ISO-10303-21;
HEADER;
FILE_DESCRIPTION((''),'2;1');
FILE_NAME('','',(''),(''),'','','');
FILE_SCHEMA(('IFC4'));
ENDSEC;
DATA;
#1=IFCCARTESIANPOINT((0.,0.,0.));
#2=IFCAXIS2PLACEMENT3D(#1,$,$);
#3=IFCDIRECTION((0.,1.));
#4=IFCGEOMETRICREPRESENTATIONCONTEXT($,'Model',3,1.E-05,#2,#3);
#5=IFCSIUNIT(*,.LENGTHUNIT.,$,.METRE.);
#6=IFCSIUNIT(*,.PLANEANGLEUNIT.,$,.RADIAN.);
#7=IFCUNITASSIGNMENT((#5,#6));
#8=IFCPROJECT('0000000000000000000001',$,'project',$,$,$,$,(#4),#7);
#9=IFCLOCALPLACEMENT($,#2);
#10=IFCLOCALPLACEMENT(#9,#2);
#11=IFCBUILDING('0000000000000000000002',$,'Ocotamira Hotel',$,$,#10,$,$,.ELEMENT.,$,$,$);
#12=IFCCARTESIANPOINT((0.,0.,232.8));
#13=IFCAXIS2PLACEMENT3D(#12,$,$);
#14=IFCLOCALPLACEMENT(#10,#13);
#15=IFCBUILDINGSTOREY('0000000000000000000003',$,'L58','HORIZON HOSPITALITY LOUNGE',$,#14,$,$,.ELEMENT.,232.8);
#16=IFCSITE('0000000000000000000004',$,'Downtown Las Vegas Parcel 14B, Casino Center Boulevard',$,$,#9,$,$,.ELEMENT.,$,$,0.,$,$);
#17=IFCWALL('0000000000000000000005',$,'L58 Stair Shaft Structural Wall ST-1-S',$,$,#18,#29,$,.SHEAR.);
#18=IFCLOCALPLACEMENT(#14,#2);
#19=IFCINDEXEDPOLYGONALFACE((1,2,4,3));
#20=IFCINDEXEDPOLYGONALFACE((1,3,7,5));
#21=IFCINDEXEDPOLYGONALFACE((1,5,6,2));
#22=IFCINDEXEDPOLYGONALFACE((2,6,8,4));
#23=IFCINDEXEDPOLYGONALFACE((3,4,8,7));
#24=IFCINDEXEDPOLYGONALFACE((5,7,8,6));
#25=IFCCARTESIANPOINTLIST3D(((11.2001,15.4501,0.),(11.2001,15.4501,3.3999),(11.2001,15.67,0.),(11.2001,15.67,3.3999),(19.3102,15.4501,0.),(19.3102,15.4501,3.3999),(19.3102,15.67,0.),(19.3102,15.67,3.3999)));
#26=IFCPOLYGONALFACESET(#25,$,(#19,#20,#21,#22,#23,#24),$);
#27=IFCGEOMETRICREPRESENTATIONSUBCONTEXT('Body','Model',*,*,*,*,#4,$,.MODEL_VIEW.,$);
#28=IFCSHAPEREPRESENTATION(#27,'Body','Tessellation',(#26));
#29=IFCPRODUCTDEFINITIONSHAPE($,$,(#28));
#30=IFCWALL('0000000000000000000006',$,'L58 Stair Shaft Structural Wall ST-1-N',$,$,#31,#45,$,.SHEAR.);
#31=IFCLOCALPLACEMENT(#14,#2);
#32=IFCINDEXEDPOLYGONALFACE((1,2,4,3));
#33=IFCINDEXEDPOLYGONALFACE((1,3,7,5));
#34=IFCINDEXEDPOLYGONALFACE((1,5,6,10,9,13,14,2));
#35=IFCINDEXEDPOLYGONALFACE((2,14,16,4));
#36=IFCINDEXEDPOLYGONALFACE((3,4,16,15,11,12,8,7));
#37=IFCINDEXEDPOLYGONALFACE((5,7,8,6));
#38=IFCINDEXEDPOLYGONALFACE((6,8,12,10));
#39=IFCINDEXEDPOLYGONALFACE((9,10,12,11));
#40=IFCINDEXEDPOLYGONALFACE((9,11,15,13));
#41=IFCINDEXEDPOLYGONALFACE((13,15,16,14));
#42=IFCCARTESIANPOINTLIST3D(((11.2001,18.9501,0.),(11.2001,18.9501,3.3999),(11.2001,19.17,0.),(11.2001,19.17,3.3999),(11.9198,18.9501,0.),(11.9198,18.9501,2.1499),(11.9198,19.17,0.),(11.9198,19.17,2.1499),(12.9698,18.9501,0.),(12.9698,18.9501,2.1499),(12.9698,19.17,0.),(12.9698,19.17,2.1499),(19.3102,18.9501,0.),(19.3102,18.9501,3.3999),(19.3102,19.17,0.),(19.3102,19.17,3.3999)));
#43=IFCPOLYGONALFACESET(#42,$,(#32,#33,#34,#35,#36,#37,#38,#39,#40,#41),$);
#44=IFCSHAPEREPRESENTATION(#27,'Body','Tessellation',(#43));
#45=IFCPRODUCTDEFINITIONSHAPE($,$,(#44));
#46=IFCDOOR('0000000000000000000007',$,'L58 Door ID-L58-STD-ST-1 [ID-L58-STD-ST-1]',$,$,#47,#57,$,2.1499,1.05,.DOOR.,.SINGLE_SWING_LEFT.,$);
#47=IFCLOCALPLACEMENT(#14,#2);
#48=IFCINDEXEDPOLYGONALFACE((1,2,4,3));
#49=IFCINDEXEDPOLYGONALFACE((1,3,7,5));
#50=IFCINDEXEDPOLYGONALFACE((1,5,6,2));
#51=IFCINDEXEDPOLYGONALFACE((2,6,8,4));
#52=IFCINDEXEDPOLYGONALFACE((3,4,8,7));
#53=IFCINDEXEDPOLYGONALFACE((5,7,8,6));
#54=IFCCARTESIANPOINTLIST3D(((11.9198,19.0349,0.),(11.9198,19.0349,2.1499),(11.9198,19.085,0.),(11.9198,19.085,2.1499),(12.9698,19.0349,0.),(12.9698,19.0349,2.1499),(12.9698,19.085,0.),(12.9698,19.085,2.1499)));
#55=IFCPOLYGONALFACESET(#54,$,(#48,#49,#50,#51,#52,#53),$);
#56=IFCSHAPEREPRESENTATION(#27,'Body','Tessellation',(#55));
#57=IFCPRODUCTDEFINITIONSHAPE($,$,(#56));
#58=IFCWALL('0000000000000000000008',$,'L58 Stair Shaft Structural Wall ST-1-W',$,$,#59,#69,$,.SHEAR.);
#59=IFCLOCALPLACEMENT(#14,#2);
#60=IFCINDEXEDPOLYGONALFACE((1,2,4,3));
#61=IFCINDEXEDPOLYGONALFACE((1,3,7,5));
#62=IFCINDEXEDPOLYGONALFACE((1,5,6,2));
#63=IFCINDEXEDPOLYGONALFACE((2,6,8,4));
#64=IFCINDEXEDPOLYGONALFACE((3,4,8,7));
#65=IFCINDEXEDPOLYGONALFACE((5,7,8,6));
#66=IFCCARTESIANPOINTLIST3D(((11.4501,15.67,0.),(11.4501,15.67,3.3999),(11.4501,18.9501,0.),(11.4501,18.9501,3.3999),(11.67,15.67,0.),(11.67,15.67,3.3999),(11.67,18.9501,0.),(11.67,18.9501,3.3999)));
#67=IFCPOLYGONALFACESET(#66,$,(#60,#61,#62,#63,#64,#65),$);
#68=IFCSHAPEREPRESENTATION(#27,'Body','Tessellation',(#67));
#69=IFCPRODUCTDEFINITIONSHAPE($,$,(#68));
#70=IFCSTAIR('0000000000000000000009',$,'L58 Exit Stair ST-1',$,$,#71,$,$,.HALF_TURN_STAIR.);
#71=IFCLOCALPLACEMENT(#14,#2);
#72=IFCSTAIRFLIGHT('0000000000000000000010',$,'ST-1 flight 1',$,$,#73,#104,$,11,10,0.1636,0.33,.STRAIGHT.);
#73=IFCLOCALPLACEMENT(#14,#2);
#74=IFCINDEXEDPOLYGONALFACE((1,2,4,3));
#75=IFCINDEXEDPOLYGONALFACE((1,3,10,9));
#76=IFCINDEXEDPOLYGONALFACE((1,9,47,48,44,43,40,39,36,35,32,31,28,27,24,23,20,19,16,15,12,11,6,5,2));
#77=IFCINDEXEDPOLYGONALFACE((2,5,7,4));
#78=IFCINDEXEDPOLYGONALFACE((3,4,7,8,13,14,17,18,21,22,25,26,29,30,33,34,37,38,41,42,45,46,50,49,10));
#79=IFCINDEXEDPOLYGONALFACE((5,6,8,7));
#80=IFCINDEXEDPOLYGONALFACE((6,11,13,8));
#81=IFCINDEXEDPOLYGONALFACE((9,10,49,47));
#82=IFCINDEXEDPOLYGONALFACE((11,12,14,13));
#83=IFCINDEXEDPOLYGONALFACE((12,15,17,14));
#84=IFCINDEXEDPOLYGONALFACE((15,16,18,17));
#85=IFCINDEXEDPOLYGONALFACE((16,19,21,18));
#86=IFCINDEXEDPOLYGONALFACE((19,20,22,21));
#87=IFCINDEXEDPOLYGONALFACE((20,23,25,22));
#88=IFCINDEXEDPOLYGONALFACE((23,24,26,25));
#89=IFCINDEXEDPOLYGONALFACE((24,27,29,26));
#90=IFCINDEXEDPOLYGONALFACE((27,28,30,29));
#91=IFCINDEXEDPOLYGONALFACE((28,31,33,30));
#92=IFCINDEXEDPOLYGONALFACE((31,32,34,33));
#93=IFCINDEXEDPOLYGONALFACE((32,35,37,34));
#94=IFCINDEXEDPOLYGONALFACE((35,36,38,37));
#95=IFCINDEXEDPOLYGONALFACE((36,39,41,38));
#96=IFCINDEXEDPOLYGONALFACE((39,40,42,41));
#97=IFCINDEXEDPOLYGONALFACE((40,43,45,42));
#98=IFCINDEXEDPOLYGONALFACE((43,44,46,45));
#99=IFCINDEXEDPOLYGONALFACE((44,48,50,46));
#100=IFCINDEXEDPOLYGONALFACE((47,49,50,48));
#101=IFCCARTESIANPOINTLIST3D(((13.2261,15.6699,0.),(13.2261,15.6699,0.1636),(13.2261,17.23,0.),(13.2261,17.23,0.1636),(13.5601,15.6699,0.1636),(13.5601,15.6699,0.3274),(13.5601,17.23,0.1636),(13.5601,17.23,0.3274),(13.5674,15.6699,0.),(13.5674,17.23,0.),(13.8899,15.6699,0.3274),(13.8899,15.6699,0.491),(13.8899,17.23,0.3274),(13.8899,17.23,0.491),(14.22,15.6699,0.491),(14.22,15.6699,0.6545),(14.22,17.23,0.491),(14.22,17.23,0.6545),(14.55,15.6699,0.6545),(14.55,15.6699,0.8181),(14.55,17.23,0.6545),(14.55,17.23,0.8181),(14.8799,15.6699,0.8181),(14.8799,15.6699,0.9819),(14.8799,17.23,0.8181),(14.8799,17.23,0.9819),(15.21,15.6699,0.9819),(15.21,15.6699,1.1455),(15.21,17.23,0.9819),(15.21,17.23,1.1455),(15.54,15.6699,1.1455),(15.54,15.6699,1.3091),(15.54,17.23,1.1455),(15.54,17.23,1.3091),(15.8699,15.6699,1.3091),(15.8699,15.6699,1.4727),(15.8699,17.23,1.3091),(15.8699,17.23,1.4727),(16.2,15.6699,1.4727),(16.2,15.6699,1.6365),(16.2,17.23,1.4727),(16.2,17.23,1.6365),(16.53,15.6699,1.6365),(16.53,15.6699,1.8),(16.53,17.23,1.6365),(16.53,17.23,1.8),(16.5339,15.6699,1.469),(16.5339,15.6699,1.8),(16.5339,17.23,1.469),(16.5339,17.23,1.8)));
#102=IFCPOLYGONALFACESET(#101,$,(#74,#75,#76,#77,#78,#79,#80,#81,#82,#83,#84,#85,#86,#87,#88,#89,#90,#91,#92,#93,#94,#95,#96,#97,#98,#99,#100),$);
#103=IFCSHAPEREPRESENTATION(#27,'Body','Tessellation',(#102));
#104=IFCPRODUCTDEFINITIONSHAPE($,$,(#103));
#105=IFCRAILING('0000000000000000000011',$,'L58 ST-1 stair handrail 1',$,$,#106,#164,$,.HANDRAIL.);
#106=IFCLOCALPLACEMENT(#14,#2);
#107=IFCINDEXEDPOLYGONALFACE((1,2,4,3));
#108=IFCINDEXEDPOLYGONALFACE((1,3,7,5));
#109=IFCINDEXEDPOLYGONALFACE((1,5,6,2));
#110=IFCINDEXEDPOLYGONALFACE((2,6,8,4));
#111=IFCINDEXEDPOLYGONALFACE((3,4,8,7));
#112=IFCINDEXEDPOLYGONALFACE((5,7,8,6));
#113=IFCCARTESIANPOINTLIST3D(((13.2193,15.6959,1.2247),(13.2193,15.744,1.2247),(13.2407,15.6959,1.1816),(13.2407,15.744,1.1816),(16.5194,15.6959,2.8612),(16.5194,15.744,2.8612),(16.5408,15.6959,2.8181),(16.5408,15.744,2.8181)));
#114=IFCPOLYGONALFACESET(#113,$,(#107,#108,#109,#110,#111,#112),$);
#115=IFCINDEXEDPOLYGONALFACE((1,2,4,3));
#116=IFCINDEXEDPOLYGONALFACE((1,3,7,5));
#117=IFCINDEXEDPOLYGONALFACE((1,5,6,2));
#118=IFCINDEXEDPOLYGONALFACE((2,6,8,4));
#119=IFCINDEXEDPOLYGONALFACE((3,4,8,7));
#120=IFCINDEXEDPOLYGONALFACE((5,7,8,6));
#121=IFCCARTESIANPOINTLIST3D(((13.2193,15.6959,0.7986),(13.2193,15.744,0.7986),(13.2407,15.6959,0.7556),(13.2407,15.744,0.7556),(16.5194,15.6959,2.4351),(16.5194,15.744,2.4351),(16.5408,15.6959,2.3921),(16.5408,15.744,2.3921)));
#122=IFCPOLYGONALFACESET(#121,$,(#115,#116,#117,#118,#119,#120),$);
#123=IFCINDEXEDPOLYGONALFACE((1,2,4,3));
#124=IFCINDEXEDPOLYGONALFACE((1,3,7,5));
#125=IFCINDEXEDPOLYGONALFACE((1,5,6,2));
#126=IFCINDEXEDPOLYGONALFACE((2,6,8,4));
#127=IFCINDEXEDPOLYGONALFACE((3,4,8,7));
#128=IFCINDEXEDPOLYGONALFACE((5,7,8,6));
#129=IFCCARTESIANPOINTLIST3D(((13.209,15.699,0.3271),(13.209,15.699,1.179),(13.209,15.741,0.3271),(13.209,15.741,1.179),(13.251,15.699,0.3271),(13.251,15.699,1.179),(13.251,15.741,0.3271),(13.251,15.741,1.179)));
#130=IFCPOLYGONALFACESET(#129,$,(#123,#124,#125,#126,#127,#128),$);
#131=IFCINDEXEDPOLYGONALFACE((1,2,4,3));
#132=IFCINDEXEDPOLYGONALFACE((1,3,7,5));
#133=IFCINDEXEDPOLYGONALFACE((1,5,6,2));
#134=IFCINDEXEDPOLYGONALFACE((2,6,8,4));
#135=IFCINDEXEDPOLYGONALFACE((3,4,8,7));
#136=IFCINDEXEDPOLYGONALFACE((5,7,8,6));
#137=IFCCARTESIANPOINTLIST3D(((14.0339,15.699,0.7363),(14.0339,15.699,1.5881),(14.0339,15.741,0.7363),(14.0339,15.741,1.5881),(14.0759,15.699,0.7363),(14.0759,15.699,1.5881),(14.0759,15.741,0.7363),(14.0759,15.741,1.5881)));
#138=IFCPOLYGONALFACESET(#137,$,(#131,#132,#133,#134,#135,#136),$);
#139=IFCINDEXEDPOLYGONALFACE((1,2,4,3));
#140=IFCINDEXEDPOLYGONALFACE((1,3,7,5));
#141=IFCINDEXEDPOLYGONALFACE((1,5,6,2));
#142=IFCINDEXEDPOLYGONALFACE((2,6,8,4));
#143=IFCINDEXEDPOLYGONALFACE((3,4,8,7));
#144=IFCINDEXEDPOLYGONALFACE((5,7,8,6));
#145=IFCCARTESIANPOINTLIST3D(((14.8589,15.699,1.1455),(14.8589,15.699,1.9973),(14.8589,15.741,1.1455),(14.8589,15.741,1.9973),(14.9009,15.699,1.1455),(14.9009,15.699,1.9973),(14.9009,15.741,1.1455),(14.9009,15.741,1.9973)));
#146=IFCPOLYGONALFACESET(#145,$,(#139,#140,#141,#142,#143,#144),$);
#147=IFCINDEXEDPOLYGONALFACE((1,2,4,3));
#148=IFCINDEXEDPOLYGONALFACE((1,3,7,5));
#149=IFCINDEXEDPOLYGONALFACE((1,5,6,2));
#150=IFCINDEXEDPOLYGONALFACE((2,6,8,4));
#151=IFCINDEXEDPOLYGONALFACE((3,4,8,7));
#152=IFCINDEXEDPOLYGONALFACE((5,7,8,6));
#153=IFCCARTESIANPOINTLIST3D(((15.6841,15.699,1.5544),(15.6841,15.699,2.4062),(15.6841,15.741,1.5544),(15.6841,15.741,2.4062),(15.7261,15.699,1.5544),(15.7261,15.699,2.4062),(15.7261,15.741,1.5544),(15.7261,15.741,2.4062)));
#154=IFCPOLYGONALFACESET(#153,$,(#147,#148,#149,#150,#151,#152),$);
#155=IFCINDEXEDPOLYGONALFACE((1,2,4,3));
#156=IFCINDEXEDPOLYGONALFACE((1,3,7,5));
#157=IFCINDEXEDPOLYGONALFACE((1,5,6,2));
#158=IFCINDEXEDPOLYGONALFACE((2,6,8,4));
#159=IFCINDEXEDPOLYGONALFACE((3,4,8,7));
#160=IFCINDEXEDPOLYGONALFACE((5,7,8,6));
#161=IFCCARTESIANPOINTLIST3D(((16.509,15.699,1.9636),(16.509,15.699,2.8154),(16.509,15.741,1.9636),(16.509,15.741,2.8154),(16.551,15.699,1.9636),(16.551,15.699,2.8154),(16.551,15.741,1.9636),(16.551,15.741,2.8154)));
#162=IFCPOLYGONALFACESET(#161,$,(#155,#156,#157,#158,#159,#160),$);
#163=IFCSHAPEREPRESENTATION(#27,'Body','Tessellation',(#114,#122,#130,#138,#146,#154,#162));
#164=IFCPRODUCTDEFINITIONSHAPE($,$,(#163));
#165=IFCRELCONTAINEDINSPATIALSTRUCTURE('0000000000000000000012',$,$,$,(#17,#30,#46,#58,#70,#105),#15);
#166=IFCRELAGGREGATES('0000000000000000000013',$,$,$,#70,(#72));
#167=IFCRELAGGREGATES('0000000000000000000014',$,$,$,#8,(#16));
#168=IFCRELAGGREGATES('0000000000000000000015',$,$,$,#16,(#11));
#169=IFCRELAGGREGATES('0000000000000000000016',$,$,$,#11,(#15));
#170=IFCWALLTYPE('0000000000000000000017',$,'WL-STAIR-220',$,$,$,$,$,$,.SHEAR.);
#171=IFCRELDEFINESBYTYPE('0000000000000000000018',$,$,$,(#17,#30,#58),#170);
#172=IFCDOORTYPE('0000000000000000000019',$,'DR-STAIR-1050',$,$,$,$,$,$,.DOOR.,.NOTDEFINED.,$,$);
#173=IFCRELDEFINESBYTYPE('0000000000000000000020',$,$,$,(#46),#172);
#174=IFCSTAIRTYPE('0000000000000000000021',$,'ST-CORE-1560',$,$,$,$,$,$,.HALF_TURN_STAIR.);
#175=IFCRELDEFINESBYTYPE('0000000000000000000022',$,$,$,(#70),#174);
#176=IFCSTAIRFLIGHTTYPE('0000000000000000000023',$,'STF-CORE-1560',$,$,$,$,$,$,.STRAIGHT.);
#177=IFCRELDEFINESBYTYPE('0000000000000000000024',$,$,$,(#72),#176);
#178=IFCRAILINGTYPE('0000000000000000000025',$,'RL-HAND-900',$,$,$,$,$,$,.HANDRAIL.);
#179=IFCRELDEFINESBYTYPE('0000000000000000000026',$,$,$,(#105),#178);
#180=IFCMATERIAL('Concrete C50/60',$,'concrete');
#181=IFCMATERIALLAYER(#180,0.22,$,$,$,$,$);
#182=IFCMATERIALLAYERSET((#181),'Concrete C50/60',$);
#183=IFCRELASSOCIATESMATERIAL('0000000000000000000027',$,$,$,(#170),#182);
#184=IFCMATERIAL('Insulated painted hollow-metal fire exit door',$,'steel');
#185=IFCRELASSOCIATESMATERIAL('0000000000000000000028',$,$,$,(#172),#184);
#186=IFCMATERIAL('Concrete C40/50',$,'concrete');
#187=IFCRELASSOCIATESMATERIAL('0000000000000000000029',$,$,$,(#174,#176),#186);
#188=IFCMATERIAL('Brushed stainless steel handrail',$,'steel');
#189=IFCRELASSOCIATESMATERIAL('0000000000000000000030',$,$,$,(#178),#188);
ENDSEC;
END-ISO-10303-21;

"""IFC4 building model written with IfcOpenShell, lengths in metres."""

from ifc_helpers import new_model, si_unit, direction, frame, frame_2d, origin, origin_2d, place, context, subcontext, project, spatial, polyline, rectangle, outline, extrude, source, transform, mapped, material, layer, layer_set, type_object, element, fill, aggregate, save


model = new_model("IFC4")

# Units and contexts
model_context = context("Model", 3, precision=1e-05, world=origin(), true_north=direction((0.0, 1.0)))
body_context = subcontext(model_context, "Body", "Model", "MODEL_VIEW")
ifc_project = project(units=[si_unit("LENGTHUNIT", "METRE"), si_unit("PLANEANGLEUNIT", "RADIAN")], contexts=[model_context])

# Site, building, storey
site_placement = place(None, origin())
site = spatial("IfcSite", under=ifc_project, at=site_placement, Name="Downtown Las Vegas Parcel 14B, Casino Center Boulevard", CompositionType="ELEMENT", RefElevation=0.0)
building_placement = place(site_placement, origin())
building = spatial("IfcBuilding", under=site, at=building_placement, Name="Ocotamira Hotel", CompositionType="ELEMENT")
storey_placement = place(building_placement, frame((0.0, 0.0, 232.8)))
storey = spatial("IfcBuildingStorey", under=building, at=storey_placement, Name="L58", Description="HORIZON HOSPITALITY LOUNGE", CompositionType="ELEMENT", Elevation=232.8)

# Shared definitions
ifc_material_1 = material(Name="Concrete C50/60", Category="concrete")

# Wall
ifc_layer_1 = layer(ifc_material_1, 0.22)
ifc_layer_set_1 = layer_set([ifc_layer_1], Name="Concrete C50/60")
wall_type_1 = type_object("IfcWallType", Name="WL-STAIR-220", PredefinedType="SHEAR", material=ifc_layer_set_1)
wall_1_placement = place(storey_placement, frame((11.2, 15.5601, 0.0), z_axis=(0.0, 0.0, 1.0), x_axis=(1.0, 0.0, 0.0)))
element("IfcWall", 1, at=wall_1_placement, inside=storey, type_object=wall_type_1, Name="L58 Stair Shaft Structural Wall ST-1-S", PredefinedType="SHEAR", context=body_context, shape_type="SweptSolid", body=[
    extrude(rectangle(XDim=8.1101, YDim=0.22, at=frame_2d((4.0552, 0.0))), origin(), (0.0, 0.0, 1.0), 3.3999),
])

# Wall, opening, door
wall_2_placement = place(storey_placement, frame((11.2, 19.0601, 0.0), z_axis=(0.0, 0.0, 1.0), x_axis=(1.0, 0.0, 0.0)))
wall_2 = element("IfcWall", 2, at=wall_2_placement, inside=storey, type_object=wall_type_1, Name="L58 Stair Shaft Structural Wall ST-1-N", PredefinedType="SHEAR", context=body_context, shape_type="SweptSolid", body=[
    extrude(rectangle(XDim=8.1101, YDim=0.22, at=frame_2d((4.0552, 0.0))), origin(), (0.0, 0.0, 1.0), 3.3999),
])
opening_1_placement = place(wall_2_placement, frame((0.72, 0.0, 0.0)))
opening_1 = element("IfcOpeningElement", 3, at=opening_1_placement, cuts=wall_2, PredefinedType="OPENING", context=body_context, shape_type="SweptSolid", body=[
    extrude(rectangle(XDim=1.05, YDim=2.1499, at=frame_2d((0.5249, 1.075))), frame((0.0, 0.1201, 0.0), z_axis=(0.0, -1.0, 0.0), x_axis=(1.0, 0.0, 0.0)), (0.0, 0.0, 1.0), 0.24),
])
ifc_material_2 = material(Name="Insulated painted hollow-metal fire exit door", Category="steel")
door_type_1 = type_object("IfcDoorType", Name="DR-STAIR-1050", OperationType="NOTDEFINED", PredefinedType="DOOR", material=ifc_material_2)
shared_shape_1 = source(origin(), body_context, "Body", "SweptSolid", [
    extrude(rectangle(XDim=1.05, YDim=2.1499, at=frame_2d((0.5249, 1.075))), frame((0.0, 0.0249, 0.0), z_axis=(0.0, -1.0, 0.0), x_axis=(1.0, 0.0, 0.0)), (0.0, 0.0, 1.0), 0.05),
])
door_1_placement = place(opening_1_placement, origin())
door_1 = element("IfcDoor", 4, at=door_1_placement, inside=storey, type_object=door_type_1, Name="L58 Door ID-L58-STD-ST-1 [ID-L58-STD-ST-1]", OperationType="SINGLE_SWING_LEFT", OverallHeight=2.1499, OverallWidth=1.05, PredefinedType="DOOR", context=body_context, shape_type="MappedRepresentation", body=[
    mapped(shared_shape_1, transform((0.0, 0.0, 0.0), scale=1.0)),
])
fill(opening_1, door_1)

# Wall
wall_3_placement = place(storey_placement, frame((11.5601, 15.6699, 0.0), z_axis=(0.0, 0.0, 1.0), x_axis=(0.0, 1.0, 0.0)))
element("IfcWall", 5, at=wall_3_placement, inside=storey, type_object=wall_type_1, Name="L58 Stair Shaft Structural Wall ST-1-W", PredefinedType="SHEAR", context=body_context, shape_type="SweptSolid", body=[
    extrude(rectangle(XDim=3.28, YDim=0.22, at=frame_2d((1.6401, 0.0))), origin(), (0.0, 0.0, 1.0), 3.3999),
])

# Stair, stair flight
ifc_material_3 = material(Name="Concrete C40/50", Category="concrete")
stair_type = type_object("IfcStairType", Name="ST-CORE-1560", PredefinedType="HALF_TURN_STAIR", material=ifc_material_3)
stair_placement = place(storey_placement, origin())
stair = element("IfcStair", 6, at=stair_placement, inside=storey, type_object=stair_type, Name="L58 Exit Stair ST-1", PredefinedType="HALF_TURN_STAIR")
stair_flight_type = type_object("IfcStairFlightType", Name="STF-CORE-1560", PredefinedType="STRAIGHT", material=ifc_material_3)
shared_shape_2 = source(origin(), body_context, "Body", "SweptSolid", [
    extrude(outline(polyline([(-0.0039, 0.0), (-0.0039, 0.1636), (0.3301, 0.1636), (0.3301, 0.3274), (0.6599, 0.3274), (0.6599, 0.491), (0.99, 0.491), (0.99, 0.6545), (1.3201, 0.6545), (1.3201, 0.8181), (1.6499, 0.8181), (1.6499, 0.9819), (1.98, 0.9819), (1.98, 1.1455), (2.3101, 1.1455), (2.3101, 1.3091), (2.6399, 1.3091), (2.6399, 1.4727), (2.97, 1.4727), (2.97, 1.6365), (3.3, 1.6365), (3.3, 1.8), (3.304, 1.8), (3.304, 1.469), (0.3374, 0.0), (-0.0039, 0.0)])), frame((0.0, 0.78, 0.0), z_axis=(0.0, -1.0, 0.0), x_axis=(1.0, 0.0, 0.0)), (0.0, 0.0, 1.0), 1.5601),
])
stair_flight_placement = place(storey_placement, frame((13.23, 16.45, 0.0), z_axis=(0.0, 0.0, 1.0), x_axis=(1.0, 0.0, 0.0)))
stair_flight = element("IfcStairFlight", 7, at=stair_flight_placement, type_object=stair_flight_type, Name="ST-1 flight 1", NumberOfRisers=11, NumberOfTreads=10, PredefinedType="STRAIGHT", RiserHeight=0.1636, TreadLength=0.33, context=body_context, shape_type="MappedRepresentation", body=[
    mapped(shared_shape_2, transform((0.0, 0.0, 0.0), scale=1.0)),
])
aggregate(stair, [stair_flight])

# Railing
ifc_material_4 = material(Name="Brushed stainless steel handrail", Category="steel")
railing_type_1 = type_object("IfcRailingType", Name="RL-HAND-900", PredefinedType="HANDRAIL", material=ifc_material_4)
railing_1_placement = place(storey_placement, frame((13.23, 15.72, 0.3271)))
element("IfcRailing", 8, at=railing_1_placement, inside=storey, type_object=railing_type_1, Name="L58 ST-1 stair handrail 1", PredefinedType="HANDRAIL", context=body_context, shape_type="SweptSolid", body=[
    extrude(rectangle(XDim=0.0481, YDim=0.0481, at=origin_2d()), frame((0.0, 0.0, 0.876), z_axis=(0.895894, 0.0, 0.444268), x_axis=(0.0, 1.0, 0.0)), (0.0, 0.0, 1.0), 3.6836),
    extrude(rectangle(XDim=0.0481, YDim=0.0481, at=origin_2d()), frame((0.0, 0.0, 0.45), z_axis=(0.895894, 0.0, 0.444268), x_axis=(0.0, 1.0, 0.0)), (0.0, 0.0, 1.0), 3.6836),
    extrude(rectangle(XDim=0.042, YDim=0.042, at=origin_2d()), origin(), (0.0, 0.0, 1.0), 0.8518),
    extrude(rectangle(XDim=0.042, YDim=0.042, at=origin_2d()), frame((0.825, 0.0, 0.4092)), (0.0, 0.0, 1.0), 0.8518),
    extrude(rectangle(XDim=0.042, YDim=0.042, at=origin_2d()), frame((1.6499, 0.0, 0.8184)), (0.0, 0.0, 1.0), 0.8518),
    extrude(rectangle(XDim=0.042, YDim=0.042, at=origin_2d()), frame((2.4751, 0.0, 1.2273)), (0.0, 0.0, 1.0), 0.8518),
    extrude(rectangle(XDim=0.042, YDim=0.042, at=origin_2d()), frame((3.3, 0.0, 1.6365)), (0.0, 0.0, 1.0), 0.8518),
])

save(model, "model.ifc")
